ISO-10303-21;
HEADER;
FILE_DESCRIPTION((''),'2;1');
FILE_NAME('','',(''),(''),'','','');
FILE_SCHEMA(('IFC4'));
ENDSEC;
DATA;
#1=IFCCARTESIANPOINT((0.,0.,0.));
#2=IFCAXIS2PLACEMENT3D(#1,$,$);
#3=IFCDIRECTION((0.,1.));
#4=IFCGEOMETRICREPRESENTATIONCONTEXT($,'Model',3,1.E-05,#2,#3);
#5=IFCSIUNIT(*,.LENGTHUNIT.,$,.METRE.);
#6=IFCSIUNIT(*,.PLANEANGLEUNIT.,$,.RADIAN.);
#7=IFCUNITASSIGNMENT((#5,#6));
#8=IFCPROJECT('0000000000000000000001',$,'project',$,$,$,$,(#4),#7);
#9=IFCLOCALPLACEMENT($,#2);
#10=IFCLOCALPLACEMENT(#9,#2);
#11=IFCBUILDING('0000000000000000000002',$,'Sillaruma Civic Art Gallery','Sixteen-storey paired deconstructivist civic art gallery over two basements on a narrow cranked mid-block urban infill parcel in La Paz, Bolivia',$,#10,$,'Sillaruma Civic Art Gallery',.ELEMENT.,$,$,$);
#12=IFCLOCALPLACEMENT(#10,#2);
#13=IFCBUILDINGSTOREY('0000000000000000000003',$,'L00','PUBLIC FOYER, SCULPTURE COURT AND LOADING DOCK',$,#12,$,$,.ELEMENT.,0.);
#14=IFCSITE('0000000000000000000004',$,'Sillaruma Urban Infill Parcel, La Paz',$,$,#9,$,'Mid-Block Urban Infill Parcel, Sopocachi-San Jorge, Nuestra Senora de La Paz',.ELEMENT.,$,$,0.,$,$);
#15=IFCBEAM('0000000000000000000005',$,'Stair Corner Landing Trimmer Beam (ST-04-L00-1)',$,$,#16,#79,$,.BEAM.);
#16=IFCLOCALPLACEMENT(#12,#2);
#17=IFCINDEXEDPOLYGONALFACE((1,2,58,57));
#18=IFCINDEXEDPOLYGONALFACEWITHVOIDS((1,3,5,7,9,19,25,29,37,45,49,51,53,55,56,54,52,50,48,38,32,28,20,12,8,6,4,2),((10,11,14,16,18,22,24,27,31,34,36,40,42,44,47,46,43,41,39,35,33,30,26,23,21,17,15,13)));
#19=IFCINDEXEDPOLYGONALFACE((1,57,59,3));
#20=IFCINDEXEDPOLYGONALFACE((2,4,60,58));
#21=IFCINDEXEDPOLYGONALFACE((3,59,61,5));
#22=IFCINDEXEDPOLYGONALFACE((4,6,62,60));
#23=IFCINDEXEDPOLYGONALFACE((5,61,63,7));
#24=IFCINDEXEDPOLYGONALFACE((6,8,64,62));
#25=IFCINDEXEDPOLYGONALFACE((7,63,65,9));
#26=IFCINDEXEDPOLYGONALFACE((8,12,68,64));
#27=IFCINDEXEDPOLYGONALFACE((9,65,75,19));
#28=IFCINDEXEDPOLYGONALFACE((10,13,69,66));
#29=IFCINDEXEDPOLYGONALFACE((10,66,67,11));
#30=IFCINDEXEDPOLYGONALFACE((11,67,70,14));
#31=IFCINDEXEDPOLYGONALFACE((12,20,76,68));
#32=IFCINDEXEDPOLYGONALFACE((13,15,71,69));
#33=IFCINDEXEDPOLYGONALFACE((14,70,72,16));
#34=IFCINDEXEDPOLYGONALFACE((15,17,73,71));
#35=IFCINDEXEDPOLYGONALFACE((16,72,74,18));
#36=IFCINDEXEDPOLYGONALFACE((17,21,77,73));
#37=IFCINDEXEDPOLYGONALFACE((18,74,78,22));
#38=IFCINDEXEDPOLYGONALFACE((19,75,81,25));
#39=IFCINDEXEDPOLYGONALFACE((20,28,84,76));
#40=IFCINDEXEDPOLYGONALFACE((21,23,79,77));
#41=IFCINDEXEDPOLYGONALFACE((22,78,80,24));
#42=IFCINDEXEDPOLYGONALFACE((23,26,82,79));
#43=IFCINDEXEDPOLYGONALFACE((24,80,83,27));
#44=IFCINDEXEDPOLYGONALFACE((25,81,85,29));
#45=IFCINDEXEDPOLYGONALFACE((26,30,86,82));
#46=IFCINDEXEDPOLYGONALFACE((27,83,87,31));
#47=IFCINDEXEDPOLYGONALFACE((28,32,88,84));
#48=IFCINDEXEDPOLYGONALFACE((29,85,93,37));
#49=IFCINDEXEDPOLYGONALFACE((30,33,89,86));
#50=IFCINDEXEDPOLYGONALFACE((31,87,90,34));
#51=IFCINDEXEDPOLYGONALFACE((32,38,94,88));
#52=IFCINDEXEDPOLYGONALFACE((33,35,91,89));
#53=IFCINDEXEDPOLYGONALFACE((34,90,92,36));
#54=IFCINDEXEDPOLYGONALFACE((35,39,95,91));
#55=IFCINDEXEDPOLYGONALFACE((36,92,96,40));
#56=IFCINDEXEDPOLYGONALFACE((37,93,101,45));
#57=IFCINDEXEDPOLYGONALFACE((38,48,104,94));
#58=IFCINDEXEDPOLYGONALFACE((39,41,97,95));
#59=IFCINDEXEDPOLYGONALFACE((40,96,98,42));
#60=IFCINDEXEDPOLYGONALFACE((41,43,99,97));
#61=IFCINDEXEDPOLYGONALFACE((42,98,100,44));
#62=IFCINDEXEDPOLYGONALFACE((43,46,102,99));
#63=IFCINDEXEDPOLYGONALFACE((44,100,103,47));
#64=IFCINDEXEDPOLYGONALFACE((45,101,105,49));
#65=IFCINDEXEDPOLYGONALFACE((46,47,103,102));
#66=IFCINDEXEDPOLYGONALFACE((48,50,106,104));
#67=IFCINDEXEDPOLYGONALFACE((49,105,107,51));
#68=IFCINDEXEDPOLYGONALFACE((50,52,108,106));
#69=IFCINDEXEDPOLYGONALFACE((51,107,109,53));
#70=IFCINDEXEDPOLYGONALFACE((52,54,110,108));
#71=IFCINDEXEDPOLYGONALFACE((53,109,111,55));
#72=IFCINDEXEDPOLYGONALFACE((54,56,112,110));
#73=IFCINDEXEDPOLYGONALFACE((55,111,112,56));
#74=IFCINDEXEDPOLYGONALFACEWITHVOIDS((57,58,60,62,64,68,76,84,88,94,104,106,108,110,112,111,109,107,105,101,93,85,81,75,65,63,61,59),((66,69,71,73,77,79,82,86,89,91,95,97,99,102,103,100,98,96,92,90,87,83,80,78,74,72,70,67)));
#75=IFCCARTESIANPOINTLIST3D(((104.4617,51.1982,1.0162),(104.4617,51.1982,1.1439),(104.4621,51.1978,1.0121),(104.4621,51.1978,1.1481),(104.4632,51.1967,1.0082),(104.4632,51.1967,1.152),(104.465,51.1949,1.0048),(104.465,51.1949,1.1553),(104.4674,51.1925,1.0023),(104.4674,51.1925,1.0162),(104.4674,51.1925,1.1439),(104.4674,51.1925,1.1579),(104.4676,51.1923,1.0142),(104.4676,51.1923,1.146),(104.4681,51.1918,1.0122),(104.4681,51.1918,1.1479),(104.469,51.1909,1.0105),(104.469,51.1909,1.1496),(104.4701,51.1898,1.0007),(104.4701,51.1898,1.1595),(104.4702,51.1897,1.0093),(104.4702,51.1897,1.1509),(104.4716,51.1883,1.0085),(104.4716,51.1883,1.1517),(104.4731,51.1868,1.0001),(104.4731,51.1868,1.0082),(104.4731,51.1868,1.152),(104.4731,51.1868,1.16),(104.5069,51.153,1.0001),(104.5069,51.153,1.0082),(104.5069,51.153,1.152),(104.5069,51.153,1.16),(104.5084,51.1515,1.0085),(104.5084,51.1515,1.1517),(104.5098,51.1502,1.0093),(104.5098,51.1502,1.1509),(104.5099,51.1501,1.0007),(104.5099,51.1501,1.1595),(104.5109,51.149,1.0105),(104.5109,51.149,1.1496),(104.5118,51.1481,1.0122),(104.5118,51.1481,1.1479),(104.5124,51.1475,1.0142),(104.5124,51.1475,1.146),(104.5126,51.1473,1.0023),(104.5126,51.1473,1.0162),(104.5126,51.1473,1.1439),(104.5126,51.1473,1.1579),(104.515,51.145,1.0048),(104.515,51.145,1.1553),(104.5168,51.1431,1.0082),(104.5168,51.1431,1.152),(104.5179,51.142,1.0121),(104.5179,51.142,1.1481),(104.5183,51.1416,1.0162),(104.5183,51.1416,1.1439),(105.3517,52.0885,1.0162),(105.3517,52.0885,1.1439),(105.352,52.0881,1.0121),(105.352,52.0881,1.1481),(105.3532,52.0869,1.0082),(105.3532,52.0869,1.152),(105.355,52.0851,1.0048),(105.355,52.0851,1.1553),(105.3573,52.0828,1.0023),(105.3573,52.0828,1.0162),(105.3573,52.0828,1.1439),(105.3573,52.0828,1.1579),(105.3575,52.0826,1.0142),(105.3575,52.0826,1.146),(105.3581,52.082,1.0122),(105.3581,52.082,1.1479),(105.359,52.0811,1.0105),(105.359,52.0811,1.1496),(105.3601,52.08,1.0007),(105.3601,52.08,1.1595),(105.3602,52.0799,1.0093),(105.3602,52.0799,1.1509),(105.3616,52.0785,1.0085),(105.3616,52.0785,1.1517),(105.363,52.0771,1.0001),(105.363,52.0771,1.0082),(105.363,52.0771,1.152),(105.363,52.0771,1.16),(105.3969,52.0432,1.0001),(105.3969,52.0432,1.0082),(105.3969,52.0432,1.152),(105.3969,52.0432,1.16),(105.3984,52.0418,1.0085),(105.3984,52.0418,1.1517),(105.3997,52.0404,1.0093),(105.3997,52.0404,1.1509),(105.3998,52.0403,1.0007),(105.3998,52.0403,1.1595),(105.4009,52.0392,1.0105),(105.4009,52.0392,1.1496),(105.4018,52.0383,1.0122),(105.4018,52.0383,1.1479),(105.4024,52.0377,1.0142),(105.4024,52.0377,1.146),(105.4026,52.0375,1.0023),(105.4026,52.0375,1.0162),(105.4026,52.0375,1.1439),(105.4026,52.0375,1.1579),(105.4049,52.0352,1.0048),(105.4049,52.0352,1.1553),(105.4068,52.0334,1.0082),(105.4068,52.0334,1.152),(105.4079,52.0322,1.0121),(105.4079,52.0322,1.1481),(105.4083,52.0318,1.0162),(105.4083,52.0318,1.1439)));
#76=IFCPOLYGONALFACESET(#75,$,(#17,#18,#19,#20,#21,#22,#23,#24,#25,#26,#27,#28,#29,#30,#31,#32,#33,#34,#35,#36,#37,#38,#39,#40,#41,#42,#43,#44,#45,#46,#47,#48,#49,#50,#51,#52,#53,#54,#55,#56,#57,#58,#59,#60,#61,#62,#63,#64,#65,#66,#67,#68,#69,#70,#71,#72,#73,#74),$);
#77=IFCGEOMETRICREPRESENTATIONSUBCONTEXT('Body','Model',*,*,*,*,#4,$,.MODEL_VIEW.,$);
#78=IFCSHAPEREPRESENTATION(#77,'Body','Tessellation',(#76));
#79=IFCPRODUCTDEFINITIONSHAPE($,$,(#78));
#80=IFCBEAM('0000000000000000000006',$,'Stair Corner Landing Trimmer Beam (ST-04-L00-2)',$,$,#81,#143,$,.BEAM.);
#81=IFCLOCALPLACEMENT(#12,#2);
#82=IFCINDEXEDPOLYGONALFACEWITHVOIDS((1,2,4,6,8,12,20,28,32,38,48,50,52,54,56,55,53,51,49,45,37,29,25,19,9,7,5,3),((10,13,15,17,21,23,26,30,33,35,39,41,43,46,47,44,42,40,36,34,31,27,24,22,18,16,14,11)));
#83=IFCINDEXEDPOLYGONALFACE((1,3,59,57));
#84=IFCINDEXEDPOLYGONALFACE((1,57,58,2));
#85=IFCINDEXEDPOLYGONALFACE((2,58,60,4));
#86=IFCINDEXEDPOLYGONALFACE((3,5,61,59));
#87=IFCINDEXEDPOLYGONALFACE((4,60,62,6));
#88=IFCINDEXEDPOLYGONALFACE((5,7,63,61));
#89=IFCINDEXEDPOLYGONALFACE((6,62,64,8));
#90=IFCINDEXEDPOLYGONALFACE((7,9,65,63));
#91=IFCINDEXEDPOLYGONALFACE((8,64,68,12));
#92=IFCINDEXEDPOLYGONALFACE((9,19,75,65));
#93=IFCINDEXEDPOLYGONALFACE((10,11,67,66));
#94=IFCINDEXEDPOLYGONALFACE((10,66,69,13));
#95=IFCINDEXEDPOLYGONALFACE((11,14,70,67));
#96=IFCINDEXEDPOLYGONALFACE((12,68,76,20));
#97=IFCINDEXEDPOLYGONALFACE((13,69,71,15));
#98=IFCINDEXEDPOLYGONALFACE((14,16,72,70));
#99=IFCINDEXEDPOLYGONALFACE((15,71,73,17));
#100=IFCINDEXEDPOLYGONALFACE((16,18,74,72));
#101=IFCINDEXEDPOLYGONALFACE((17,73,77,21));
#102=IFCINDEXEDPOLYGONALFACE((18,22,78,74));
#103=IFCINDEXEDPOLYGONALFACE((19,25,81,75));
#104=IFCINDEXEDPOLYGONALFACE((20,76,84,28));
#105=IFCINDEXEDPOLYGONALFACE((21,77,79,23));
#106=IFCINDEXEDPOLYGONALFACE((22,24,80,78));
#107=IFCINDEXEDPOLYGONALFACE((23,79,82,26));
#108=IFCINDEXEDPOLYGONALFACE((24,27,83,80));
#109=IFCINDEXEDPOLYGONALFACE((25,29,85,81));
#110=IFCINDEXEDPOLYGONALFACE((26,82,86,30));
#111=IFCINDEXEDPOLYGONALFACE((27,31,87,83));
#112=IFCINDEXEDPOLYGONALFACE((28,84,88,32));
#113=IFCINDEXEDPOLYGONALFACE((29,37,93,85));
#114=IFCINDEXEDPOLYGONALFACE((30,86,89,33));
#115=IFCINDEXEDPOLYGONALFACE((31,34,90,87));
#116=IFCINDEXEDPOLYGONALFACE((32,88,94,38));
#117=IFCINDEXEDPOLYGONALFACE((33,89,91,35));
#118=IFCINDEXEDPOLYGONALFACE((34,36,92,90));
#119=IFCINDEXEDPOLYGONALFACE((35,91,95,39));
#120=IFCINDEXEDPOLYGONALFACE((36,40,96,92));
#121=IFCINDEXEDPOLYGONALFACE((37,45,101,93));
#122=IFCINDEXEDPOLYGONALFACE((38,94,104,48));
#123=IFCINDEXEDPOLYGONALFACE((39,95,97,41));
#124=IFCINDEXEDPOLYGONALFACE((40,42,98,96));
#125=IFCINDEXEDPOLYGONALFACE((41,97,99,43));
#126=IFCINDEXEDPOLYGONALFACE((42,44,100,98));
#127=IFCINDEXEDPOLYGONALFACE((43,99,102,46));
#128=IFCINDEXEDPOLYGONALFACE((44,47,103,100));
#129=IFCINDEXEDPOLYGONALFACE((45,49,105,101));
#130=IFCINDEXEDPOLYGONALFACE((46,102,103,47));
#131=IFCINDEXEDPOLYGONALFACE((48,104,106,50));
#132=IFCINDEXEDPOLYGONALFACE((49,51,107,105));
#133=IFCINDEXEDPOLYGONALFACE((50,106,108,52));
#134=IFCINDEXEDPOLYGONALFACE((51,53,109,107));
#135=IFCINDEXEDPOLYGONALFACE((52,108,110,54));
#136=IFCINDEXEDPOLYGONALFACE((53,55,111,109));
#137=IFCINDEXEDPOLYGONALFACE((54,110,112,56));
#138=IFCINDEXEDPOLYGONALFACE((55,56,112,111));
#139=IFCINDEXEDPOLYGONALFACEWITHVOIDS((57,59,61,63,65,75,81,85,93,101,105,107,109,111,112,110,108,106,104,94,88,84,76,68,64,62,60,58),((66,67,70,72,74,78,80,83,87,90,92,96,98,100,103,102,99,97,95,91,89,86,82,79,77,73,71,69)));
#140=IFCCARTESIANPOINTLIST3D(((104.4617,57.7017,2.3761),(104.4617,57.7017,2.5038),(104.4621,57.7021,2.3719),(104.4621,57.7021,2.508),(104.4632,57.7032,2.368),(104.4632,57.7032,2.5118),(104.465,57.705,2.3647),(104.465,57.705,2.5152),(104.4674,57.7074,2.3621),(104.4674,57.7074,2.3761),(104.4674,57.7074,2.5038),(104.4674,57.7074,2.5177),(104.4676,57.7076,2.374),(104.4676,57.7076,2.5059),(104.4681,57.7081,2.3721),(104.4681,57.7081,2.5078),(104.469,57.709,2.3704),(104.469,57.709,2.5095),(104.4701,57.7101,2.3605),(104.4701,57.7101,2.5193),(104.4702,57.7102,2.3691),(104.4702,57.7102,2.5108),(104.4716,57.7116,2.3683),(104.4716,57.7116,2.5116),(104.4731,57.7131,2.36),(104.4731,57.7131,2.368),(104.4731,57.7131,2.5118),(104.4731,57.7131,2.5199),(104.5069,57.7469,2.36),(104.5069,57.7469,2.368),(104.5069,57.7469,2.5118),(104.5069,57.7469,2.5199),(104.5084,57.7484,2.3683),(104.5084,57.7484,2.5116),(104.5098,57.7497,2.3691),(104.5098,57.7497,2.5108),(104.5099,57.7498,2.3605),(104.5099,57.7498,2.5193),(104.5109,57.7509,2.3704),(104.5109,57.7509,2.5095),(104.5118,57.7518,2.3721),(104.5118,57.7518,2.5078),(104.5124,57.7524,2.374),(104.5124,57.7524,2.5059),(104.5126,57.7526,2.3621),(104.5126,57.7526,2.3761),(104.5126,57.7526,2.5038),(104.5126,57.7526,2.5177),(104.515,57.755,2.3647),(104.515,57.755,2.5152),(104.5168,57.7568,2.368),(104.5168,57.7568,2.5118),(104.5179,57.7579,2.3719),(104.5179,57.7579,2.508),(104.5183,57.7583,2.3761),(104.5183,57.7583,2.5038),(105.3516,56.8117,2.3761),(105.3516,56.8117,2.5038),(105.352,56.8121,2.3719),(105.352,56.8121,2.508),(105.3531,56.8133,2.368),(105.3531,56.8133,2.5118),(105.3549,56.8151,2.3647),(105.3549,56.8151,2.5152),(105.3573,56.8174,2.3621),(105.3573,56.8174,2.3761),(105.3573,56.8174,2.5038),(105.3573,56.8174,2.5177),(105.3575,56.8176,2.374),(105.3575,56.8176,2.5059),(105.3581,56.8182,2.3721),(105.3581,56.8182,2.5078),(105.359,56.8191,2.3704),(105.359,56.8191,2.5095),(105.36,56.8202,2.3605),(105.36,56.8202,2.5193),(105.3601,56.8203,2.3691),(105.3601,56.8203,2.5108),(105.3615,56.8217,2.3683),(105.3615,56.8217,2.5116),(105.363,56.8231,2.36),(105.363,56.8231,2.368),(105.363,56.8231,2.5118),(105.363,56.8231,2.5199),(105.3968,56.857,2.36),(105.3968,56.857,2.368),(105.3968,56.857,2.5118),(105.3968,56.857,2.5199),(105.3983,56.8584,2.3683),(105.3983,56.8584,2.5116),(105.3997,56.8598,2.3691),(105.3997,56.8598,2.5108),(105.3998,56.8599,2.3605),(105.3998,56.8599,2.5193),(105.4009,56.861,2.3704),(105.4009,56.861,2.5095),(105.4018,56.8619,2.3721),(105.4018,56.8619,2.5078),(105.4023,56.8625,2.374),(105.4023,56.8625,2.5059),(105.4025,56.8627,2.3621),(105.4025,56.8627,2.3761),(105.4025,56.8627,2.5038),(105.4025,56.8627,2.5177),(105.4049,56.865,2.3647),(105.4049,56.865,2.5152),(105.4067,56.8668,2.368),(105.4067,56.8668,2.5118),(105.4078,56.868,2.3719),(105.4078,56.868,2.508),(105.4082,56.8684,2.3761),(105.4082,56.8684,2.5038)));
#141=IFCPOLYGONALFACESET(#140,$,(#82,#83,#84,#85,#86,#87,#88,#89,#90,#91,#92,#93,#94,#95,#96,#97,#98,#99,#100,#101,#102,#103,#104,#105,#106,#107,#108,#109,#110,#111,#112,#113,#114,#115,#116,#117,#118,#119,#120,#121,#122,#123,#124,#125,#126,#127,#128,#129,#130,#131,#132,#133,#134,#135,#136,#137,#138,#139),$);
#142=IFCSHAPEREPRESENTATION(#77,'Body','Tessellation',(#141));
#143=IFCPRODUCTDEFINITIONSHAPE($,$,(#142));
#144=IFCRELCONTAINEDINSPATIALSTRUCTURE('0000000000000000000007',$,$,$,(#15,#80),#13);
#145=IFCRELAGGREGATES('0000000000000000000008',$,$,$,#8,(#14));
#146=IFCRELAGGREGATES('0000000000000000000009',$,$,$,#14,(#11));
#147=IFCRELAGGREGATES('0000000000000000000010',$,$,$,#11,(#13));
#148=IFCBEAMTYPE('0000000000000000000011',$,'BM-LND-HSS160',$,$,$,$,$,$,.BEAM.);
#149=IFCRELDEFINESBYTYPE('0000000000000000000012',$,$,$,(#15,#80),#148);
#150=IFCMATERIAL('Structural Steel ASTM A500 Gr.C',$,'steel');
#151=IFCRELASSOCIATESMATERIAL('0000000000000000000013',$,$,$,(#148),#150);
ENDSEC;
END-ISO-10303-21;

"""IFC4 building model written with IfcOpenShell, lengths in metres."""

from ifc_helpers import new_model, si_unit, direction, frame, origin, origin_2d, place, context, subcontext, project, spatial, hollow_rectangle, extrude, material, material_profile, profile_set, type_object, element, save


model = new_model("IFC4")

# Units and contexts
model_context = context("Model", 3, precision=1e-05, world=origin(), true_north=direction((0.0, 1.0)))
body_context = subcontext(model_context, "Body", "Model", "MODEL_VIEW")
ifc_project = project(units=[si_unit("LENGTHUNIT", "METRE"), si_unit("PLANEANGLEUNIT", "RADIAN")], contexts=[model_context])

# Site, building, storey
site_placement = place(None, origin())
site = spatial("IfcSite", under=ifc_project, at=site_placement, Name="Sillaruma Urban Infill Parcel, La Paz", LongName="Mid-Block Urban Infill Parcel, Sopocachi-San Jorge, Nuestra Senora de La Paz", CompositionType="ELEMENT", RefElevation=0.0)
building_placement = place(site_placement, origin())
building = spatial("IfcBuilding", under=site, at=building_placement, Name="Sillaruma Civic Art Gallery", Description="Sixteen-storey paired deconstructivist civic art gallery over two basements on a narrow cranked mid-block urban infill parcel in La Paz, Bolivia", LongName="Sillaruma Civic Art Gallery", CompositionType="ELEMENT")
storey_placement = place(building_placement, origin())
storey = spatial("IfcBuildingStorey", under=building, at=storey_placement, Name="L00", Description="PUBLIC FOYER, SCULPTURE COURT AND LOADING DOCK", CompositionType="ELEMENT", Elevation=0.0)

# Beams
ifc_material_1 = material(Name="Structural Steel ASTM A500 Gr.C", Category="steel")
ifc_material_profile_1 = material_profile(ifc_material_1, hollow_rectangle(XDim=0.0801, YDim=0.1599, WallThickness=0.0081, InnerFilletRadius=0.0081, OuterFilletRadius=0.0161, at=origin_2d()), Name="HSS160x80x8")
ifc_profile_set_1 = profile_set([ifc_material_profile_1], Name="Structural Steel ASTM A500 Gr.C")
beam_type_1 = type_object("IfcBeamType", Name="BM-LND-HSS160", PredefinedType="BEAM", material=ifc_profile_set_1)
beam_1_placement = place(storey_placement, frame((104.49, 51.1699, 1.0801), z_axis=(0.70701, 0.707204, 0.0), x_axis=(-0.707204, 0.70701, 0.0)))
element("IfcBeam", 1, at=beam_1_placement, inside=storey, type_object=beam_type_1, Name="Stair Corner Landing Trimmer Beam (ST-04-L00-1)", PredefinedType="BEAM", context=body_context, shape_type="SweptSolid", body=[
    extrude(hollow_rectangle(XDim=0.0801, YDim=0.1599, WallThickness=0.0081, InnerFilletRadius=0.0081, OuterFilletRadius=0.0161, at=origin_2d()), origin(), (0.0, 0.0, 1.0), 1.2588),
])
for number, where, z_axis, x_axis, name in (
    (2, (104.49, 57.73, 2.4399), (0.707107, -0.707107, 0.0), (0.707107, 0.707107, 0.0), "Stair Corner Landing Trimmer Beam (ST-04-L00-2)"),
):
    element("IfcBeam", number, at=place(storey_placement, frame(where, z_axis=z_axis, x_axis=x_axis)), inside=storey, type_object=beam_type_1, Name=name, PredefinedType="BEAM", context=body_context, shape_type="SweptSolid", body=[
        extrude(hollow_rectangle(XDim=0.0801, YDim=0.1599, WallThickness=0.0081, InnerFilletRadius=0.0081, OuterFilletRadius=0.0161, at=origin_2d()), origin(), (0.0, 0.0, 1.0), 1.2585),
    ])

save(model, "model.ifc")
